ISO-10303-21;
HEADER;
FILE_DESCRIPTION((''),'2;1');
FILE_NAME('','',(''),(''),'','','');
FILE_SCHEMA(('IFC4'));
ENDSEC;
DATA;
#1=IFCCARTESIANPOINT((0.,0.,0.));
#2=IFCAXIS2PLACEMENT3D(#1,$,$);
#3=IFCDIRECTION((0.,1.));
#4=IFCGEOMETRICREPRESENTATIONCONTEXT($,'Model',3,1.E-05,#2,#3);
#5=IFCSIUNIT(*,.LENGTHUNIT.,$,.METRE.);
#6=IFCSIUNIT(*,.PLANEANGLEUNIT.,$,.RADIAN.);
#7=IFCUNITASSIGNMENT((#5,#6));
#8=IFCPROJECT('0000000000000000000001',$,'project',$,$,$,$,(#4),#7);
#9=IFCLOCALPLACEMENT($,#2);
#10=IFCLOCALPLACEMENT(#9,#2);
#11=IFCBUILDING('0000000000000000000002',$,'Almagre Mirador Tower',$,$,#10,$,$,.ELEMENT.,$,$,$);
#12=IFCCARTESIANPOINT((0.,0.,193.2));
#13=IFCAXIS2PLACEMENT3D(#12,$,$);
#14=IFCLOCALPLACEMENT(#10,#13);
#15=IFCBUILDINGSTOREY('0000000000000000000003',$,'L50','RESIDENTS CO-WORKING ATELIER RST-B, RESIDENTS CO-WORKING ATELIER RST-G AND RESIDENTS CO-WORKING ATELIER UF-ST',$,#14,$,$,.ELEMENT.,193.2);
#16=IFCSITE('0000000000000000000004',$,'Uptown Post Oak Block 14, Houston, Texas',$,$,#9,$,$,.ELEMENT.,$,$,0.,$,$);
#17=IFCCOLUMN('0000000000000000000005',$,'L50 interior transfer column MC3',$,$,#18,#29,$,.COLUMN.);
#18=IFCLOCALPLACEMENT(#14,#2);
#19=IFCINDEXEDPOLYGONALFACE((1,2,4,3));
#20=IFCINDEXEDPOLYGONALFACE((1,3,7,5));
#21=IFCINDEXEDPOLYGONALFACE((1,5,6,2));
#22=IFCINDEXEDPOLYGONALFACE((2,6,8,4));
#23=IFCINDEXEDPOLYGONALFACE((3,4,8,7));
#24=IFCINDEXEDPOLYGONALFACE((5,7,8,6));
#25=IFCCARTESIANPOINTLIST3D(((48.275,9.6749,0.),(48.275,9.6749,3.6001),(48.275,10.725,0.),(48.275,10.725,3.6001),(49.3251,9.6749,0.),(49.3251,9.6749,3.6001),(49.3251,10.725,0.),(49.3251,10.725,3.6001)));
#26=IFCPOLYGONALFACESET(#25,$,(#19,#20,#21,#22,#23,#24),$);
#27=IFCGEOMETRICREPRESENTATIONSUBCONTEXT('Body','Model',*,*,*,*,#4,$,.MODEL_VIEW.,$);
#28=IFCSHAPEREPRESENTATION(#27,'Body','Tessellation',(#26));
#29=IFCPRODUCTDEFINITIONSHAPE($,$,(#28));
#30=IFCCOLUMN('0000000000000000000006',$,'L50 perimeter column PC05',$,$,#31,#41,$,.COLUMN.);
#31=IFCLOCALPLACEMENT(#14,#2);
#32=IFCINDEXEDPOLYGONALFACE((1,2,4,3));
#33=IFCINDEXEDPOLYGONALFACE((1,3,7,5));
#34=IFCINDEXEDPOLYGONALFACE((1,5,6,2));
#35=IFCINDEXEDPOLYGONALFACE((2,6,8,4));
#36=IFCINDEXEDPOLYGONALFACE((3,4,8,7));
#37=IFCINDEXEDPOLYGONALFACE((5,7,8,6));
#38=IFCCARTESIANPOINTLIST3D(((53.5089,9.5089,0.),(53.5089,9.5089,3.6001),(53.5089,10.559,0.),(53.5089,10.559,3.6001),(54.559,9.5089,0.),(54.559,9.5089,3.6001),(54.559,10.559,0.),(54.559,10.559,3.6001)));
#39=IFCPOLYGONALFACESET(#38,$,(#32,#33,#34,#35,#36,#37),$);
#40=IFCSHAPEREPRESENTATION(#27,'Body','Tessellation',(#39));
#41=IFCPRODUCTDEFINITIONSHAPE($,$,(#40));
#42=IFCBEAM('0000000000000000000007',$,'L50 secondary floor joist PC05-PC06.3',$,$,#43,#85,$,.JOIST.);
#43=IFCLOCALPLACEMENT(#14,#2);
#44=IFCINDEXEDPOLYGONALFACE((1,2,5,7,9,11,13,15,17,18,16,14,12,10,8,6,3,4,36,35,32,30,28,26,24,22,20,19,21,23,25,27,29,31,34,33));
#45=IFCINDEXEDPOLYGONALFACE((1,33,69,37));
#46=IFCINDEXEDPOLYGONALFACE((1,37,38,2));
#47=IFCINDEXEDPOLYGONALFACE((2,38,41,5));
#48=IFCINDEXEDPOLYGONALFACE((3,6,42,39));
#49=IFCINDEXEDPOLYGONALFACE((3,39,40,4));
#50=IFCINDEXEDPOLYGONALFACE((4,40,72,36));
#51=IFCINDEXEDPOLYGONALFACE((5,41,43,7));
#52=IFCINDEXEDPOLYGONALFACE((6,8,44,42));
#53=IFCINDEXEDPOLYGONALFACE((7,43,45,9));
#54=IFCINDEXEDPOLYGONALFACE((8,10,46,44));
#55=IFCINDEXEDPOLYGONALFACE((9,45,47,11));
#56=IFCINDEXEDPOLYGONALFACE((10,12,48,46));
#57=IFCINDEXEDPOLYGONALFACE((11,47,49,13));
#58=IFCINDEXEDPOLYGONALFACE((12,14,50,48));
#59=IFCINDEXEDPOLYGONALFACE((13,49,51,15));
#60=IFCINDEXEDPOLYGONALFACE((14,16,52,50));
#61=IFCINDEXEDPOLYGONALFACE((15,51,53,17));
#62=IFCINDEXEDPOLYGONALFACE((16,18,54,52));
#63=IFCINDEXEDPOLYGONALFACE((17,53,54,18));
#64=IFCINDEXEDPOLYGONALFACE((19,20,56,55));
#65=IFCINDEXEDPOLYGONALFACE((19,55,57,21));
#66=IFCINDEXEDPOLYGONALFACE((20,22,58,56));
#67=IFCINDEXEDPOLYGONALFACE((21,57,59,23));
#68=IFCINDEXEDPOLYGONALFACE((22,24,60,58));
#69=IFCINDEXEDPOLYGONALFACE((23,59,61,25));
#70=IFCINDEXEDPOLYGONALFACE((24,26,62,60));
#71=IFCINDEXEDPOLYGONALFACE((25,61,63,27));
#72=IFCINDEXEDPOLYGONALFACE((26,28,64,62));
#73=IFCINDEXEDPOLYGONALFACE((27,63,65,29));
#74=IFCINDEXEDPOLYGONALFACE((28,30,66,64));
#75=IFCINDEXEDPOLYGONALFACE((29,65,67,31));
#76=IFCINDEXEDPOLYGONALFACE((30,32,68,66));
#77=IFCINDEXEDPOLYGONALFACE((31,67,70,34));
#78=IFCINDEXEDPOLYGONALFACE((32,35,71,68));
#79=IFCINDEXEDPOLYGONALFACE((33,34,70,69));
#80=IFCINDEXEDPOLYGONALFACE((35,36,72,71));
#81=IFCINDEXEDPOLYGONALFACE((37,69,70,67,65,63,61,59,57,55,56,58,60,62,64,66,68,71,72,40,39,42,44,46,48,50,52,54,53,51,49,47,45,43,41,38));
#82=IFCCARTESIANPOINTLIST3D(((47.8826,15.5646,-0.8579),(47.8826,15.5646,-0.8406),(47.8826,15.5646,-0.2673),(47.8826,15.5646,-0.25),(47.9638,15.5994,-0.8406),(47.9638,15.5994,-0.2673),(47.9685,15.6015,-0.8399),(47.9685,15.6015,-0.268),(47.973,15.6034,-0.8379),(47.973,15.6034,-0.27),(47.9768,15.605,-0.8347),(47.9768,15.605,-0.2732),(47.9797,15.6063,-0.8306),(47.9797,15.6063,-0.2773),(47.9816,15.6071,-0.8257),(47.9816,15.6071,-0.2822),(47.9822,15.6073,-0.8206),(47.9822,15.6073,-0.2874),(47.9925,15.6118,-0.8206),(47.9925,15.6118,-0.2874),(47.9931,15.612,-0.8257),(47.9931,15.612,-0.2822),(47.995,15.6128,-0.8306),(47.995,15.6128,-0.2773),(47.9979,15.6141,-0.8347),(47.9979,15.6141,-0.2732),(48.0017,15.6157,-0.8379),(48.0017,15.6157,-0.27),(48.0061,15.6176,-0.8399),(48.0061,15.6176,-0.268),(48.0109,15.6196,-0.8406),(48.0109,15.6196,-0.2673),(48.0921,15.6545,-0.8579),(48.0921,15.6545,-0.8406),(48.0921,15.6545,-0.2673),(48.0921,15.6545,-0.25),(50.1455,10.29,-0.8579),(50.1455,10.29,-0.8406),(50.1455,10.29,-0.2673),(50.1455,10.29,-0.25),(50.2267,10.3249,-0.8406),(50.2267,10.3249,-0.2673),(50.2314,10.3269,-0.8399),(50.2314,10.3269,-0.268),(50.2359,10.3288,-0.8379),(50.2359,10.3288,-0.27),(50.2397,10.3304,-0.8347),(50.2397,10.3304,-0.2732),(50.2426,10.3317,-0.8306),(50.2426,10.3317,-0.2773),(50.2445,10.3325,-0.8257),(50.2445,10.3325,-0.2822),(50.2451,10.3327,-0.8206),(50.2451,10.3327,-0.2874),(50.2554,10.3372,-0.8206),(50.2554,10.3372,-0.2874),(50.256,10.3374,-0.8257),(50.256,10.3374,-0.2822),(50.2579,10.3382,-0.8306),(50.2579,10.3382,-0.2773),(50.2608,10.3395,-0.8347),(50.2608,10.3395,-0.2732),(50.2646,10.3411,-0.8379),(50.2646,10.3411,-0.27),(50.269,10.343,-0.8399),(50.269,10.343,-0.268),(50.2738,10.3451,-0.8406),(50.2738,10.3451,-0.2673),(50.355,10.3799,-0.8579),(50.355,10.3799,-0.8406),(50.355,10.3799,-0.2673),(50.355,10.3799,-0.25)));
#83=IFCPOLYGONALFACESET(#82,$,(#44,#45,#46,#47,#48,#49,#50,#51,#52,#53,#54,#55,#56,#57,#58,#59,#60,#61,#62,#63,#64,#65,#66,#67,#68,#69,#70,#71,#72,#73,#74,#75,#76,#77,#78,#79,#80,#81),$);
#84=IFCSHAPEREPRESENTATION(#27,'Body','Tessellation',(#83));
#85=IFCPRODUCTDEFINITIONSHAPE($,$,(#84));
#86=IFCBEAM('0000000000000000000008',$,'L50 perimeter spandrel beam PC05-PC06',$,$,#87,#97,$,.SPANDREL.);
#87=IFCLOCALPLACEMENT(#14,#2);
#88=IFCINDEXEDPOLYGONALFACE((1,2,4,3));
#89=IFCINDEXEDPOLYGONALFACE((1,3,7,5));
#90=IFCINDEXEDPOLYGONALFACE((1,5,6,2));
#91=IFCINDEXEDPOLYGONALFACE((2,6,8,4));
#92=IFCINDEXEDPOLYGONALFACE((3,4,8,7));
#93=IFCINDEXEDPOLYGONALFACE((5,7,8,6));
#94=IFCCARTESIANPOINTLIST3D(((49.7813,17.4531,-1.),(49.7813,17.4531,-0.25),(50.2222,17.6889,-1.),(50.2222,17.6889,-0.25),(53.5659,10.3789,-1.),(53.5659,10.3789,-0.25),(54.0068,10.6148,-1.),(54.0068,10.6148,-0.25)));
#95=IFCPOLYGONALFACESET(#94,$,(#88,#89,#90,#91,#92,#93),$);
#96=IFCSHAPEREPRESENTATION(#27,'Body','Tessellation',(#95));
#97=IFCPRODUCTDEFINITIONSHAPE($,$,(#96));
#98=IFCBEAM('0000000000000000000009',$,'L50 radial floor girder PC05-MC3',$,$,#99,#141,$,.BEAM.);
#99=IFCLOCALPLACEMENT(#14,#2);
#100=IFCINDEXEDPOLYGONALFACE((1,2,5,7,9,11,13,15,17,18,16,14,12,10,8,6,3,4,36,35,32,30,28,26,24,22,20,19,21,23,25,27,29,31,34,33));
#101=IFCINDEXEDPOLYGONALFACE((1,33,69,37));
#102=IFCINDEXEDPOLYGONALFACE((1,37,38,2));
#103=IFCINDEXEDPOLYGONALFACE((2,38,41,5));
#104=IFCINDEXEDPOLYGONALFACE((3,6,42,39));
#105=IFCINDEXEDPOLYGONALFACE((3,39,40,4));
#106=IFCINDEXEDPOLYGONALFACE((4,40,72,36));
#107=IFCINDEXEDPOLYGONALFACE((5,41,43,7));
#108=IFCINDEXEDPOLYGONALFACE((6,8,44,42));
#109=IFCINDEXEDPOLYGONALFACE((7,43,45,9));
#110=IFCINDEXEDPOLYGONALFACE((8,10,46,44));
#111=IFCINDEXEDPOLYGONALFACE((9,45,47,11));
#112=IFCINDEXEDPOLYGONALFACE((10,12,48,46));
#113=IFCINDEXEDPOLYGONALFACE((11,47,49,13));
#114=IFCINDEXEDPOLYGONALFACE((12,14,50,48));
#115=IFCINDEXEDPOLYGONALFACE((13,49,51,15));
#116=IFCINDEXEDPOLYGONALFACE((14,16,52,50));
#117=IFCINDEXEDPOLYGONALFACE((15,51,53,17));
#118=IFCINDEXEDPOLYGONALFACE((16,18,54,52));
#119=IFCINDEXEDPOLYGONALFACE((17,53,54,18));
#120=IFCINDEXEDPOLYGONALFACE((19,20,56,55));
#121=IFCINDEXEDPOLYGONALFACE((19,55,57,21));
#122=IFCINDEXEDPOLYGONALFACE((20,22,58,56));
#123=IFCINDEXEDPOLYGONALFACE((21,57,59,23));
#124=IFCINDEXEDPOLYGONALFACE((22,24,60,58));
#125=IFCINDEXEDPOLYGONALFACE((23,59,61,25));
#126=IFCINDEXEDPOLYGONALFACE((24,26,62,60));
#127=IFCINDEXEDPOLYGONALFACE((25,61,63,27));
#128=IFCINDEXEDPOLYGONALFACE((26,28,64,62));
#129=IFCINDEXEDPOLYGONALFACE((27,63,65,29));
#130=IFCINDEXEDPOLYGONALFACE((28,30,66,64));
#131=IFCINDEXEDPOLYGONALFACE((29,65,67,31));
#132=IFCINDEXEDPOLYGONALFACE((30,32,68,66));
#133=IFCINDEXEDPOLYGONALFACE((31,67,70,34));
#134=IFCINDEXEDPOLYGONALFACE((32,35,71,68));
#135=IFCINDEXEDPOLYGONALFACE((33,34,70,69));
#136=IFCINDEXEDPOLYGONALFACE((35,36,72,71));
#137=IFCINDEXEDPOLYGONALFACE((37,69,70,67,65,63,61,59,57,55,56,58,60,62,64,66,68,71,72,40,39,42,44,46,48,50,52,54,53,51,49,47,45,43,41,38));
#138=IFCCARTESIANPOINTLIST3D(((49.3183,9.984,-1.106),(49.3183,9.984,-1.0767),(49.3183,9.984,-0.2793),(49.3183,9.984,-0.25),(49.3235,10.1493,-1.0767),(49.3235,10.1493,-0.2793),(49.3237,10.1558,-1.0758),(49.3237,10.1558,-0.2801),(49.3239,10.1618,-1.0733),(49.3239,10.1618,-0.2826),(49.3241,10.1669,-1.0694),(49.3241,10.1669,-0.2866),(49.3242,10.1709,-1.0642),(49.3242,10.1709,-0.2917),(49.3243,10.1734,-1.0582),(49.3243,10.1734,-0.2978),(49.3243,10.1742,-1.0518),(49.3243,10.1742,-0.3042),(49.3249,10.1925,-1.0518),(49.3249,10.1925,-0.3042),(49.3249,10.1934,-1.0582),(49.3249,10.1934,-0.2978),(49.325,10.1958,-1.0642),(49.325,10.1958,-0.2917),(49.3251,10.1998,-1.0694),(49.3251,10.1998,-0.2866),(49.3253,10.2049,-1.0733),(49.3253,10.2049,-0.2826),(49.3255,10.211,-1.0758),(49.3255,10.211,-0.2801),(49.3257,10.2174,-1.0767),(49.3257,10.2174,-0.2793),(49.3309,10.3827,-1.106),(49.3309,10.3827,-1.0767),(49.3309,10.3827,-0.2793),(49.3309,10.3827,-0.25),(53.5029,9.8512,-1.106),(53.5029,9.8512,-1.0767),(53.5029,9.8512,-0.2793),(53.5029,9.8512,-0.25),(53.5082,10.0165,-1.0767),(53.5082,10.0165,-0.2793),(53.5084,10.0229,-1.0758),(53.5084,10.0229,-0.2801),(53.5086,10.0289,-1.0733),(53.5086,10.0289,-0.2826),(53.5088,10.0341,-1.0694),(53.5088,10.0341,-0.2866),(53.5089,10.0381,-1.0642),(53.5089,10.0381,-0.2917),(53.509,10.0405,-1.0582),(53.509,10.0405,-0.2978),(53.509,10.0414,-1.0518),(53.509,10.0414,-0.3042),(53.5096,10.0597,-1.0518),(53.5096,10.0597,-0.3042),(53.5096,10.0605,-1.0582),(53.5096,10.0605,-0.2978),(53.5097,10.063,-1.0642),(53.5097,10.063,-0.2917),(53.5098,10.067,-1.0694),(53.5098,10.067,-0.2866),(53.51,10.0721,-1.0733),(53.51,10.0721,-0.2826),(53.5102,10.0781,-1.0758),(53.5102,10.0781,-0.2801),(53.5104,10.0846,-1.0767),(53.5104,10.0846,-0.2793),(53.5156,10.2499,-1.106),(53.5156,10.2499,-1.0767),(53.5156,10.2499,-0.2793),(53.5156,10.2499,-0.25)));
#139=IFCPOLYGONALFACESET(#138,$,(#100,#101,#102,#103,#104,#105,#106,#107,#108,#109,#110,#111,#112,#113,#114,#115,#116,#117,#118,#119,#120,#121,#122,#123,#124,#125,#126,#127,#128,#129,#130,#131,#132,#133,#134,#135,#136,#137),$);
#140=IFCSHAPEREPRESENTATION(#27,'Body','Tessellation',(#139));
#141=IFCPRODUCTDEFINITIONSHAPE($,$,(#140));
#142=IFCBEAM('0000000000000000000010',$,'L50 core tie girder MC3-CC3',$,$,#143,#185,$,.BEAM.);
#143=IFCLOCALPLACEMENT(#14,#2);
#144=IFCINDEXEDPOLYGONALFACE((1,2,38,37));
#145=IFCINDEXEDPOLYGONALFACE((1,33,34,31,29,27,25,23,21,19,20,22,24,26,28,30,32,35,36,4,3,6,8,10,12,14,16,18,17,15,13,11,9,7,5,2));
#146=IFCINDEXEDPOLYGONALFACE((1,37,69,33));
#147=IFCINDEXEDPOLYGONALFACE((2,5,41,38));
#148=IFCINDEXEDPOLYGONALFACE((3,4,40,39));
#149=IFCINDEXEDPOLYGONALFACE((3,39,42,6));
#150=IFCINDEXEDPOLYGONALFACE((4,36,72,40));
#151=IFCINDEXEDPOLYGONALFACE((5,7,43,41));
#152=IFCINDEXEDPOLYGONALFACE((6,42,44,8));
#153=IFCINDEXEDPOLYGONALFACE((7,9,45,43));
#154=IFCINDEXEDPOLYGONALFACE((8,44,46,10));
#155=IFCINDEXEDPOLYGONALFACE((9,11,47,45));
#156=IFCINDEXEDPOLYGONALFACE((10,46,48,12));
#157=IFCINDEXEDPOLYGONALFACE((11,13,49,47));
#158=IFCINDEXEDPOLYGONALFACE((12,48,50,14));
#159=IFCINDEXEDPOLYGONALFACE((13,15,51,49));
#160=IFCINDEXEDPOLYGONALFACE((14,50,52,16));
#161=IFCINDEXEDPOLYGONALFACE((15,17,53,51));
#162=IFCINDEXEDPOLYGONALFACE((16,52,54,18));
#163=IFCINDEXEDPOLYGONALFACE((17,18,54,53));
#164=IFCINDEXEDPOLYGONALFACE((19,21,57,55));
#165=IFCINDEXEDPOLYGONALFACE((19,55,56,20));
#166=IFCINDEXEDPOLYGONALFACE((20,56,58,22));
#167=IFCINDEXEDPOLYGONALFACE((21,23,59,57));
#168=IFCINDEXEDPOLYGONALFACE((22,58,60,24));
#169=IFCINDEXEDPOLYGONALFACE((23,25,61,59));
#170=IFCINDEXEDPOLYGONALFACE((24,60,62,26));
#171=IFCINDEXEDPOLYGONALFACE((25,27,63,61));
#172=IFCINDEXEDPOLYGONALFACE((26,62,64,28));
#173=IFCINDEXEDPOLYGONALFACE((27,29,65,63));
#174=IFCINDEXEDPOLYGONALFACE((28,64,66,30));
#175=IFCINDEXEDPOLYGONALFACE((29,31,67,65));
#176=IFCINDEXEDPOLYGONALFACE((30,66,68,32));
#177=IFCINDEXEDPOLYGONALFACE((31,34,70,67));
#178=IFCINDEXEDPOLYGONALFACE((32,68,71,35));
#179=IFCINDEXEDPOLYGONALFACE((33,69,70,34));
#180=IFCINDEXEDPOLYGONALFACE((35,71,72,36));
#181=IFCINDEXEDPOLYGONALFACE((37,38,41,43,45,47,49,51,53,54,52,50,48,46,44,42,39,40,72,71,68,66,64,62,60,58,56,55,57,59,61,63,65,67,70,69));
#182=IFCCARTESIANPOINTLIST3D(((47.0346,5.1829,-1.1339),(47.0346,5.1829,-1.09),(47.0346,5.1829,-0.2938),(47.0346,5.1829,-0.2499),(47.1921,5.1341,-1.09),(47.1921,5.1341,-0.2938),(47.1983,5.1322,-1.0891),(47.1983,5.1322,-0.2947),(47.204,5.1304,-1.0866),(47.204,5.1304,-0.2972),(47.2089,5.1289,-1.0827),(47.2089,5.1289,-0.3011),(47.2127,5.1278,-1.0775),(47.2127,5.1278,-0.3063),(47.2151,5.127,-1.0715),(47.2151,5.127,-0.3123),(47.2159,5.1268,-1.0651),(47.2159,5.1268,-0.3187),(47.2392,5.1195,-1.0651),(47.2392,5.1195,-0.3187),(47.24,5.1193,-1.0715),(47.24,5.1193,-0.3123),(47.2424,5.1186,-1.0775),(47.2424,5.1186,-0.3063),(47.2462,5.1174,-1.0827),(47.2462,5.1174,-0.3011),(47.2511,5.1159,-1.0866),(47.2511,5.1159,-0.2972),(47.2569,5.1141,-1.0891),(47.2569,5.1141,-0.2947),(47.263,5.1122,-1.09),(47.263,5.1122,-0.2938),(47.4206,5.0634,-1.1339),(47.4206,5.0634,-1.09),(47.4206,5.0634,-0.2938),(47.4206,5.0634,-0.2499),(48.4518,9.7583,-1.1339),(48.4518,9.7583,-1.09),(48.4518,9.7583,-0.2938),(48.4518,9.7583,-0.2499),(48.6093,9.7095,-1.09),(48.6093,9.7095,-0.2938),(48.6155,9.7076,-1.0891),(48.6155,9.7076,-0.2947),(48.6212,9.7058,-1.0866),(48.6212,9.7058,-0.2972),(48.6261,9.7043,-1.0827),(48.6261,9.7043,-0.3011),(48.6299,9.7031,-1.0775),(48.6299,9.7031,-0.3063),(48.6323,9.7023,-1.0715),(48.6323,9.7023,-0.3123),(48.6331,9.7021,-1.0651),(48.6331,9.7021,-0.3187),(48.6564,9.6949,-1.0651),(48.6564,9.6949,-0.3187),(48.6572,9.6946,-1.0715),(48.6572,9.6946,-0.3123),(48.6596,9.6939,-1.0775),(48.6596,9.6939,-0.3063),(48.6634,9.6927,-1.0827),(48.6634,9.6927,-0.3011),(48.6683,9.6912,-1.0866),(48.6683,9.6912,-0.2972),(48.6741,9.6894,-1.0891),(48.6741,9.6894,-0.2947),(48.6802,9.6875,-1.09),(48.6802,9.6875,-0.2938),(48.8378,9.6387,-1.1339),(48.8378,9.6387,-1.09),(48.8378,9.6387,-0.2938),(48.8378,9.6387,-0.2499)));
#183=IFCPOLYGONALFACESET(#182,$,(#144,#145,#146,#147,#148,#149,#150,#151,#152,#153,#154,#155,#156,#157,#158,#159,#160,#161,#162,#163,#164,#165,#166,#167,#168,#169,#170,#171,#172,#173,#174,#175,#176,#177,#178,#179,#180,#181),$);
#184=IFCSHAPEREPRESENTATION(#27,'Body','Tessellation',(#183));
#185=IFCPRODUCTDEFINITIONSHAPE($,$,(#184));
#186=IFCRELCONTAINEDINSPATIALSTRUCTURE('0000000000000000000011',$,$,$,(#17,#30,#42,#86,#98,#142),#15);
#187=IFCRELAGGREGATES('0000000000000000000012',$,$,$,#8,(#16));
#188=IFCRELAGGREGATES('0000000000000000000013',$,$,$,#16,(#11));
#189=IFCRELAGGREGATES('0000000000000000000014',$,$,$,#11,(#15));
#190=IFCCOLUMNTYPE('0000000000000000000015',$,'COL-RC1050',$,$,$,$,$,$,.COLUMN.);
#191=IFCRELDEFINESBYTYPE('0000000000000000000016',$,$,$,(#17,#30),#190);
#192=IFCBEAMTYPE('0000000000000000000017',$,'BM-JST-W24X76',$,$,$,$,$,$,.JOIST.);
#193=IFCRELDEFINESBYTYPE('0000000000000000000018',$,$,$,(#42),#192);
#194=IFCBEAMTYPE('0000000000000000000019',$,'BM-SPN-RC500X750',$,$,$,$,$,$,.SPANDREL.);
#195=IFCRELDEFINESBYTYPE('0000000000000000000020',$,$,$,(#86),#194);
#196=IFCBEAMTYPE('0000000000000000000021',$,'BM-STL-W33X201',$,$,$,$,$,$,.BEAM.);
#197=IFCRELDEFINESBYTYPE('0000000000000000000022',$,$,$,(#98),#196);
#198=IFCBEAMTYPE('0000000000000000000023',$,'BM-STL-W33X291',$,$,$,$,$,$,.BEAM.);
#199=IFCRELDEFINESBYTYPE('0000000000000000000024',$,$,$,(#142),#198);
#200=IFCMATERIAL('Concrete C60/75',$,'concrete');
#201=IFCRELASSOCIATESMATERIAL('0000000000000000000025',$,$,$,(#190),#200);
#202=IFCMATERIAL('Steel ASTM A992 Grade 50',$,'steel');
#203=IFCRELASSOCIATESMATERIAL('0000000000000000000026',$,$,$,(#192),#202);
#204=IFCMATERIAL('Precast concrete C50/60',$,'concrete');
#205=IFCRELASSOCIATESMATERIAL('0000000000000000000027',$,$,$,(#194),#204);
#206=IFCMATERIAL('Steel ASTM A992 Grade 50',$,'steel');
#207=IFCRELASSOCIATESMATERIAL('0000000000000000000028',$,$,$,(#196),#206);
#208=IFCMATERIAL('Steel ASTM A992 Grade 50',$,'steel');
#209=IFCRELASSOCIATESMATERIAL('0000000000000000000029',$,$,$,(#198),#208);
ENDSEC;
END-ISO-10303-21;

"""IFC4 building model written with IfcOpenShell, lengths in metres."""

from ifc_helpers import new_model, si_unit, direction, frame, origin, origin_2d, place, context, subcontext, project, spatial, rectangle, i_section, extrude, material, material_profile, profile_set, type_object, element, save


model = new_model("IFC4")

# Units and contexts
model_context = context("Model", 3, precision=1e-05, world=origin(), true_north=direction((0.0, 1.0)))
body_context = subcontext(model_context, "Body", "Model", "MODEL_VIEW")
ifc_project = project(units=[si_unit("LENGTHUNIT", "METRE"), si_unit("PLANEANGLEUNIT", "RADIAN")], contexts=[model_context])

# Site, building, storey
site_placement = place(None, origin())
site = spatial("IfcSite", under=ifc_project, at=site_placement, Name="Uptown Post Oak Block 14, Houston, Texas", CompositionType="ELEMENT", RefElevation=0.0)
building_placement = place(site_placement, origin())
building = spatial("IfcBuilding", under=site, at=building_placement, Name="Almagre Mirador Tower", CompositionType="ELEMENT")
storey_placement = place(building_placement, frame((0.0, 0.0, 193.2)))
storey = spatial("IfcBuildingStorey", under=building, at=storey_placement, Name="L50", Description="RESIDENTS CO-WORKING ATELIER RST-B, RESIDENTS CO-WORKING ATELIER RST-G AND RESIDENTS CO-WORKING ATELIER UF-ST", CompositionType="ELEMENT", Elevation=193.2)

# Columns
ifc_material_1 = material(Name="Concrete C60/75", Category="concrete")
ifc_material_profile_1 = material_profile(ifc_material_1, rectangle(XDim=1.05, YDim=1.05, at=origin_2d()), Name="RC1050X1050")
ifc_profile_set_1 = profile_set([ifc_material_profile_1], Name="Concrete C60/75")
column_type = type_object("IfcColumnType", Name="COL-RC1050", PredefinedType="COLUMN", material=ifc_profile_set_1)
for number, where, z_axis, x_axis, name in (
    (1, (48.8, 10.2, 0.0), (0.0, 0.0, 1.0), (1.0, 0.0, 0.0), "L50 interior transfer column MC3"),
    (2, (54.0339, 10.0339, 0.0), (0.0, 0.0, 1.0), (1.0, 0.0, 0.0), "L50 perimeter column PC05"),
):
    element("IfcColumn", number, at=place(storey_placement, frame(where, z_axis=z_axis, x_axis=x_axis)), inside=storey, type_object=column_type, Name=name, PredefinedType="COLUMN", context=body_context, shape_type="SweptSolid", body=[
        extrude(rectangle(XDim=1.05, YDim=1.05, at=origin_2d()), origin(), (0.0, 0.0, 1.0), 3.6001),
    ])

# Beams
ifc_material_2 = material(Name="Steel ASTM A992 Grade 50", Category="steel")
ifc_material_profile_2 = material_profile(ifc_material_2, i_section(OverallWidth=0.228, OverallDepth=0.6079, WebThickness=0.0112, FlangeThickness=0.0173, FilletRadius=0.02, at=origin_2d()), Name="W24X76")
ifc_profile_set_2 = profile_set([ifc_material_profile_2], Name="Steel ASTM A992 Grade 50")
beam_type_1 = type_object("IfcBeamType", Name="BM-JST-W24X76", PredefinedType="JOIST", material=ifc_profile_set_2)
beam_1_placement = place(storey_placement, frame((50.2502, 10.335, -0.554), z_axis=(-0.394268, 0.918995, 0.0), x_axis=(-0.918995, -0.394268, 0.0)))
element("IfcBeam", 3, at=beam_1_placement, inside=storey, type_object=beam_type_1, Name="L50 secondary floor joist PC05-PC06.3", PredefinedType="JOIST", context=body_context, shape_type="SweptSolid", body=[
    extrude(i_section(OverallWidth=0.228, OverallDepth=0.6079, WebThickness=0.0112, FlangeThickness=0.0173, FilletRadius=0.02, at=origin_2d()), origin(), (0.0, 0.0, 1.0), 5.7395),
])
ifc_material_3 = material(Name="Precast concrete C50/60", Category="concrete")
ifc_material_profile_3 = material_profile(ifc_material_3, rectangle(XDim=0.5, YDim=0.75, at=origin_2d()), Name="RC500X750")
ifc_profile_set_3 = profile_set([ifc_material_profile_3], Name="Precast concrete C50/60")
beam_type_2 = type_object("IfcBeamType", Name="BM-SPN-RC500X750", PredefinedType="SPANDREL", material=ifc_profile_set_3)
beam_2_placement = place(storey_placement, frame((53.7864, 10.4968, -0.625), z_axis=(-0.471728, 0.881744, 0.0), x_axis=(-0.881744, -0.471728, 0.0)))
element("IfcBeam", 4, at=beam_2_placement, inside=storey, type_object=beam_type_2, Name="L50 perimeter spandrel beam PC05-PC06", PredefinedType="SPANDREL", context=body_context, shape_type="SweptSolid", body=[
    extrude(rectangle(XDim=0.5, YDim=0.75, at=origin_2d()), origin(), (0.0, 0.0, 1.0), 8.0229),
])
ifc_material_4 = material(Name="Steel ASTM A992 Grade 50", Category="steel")
ifc_material_profile_4 = material_profile(ifc_material_4, i_section(OverallWidth=0.3989, OverallDepth=0.856, WebThickness=0.0183, FlangeThickness=0.0293, FilletRadius=0.0249, at=origin_2d()), Name="W33X201")
ifc_profile_set_4 = profile_set([ifc_material_profile_4], Name="Steel ASTM A992 Grade 50")
beam_type_3 = type_object("IfcBeamType", Name="BM-STL-W33X201", PredefinedType="BEAM", material=ifc_profile_set_4)
beam_3_placement = place(storey_placement, frame((53.5093, 10.0505, -0.678), z_axis=(-0.999497, 0.031723, 0.0), x_axis=(-0.031723, -0.999497, 0.0)))
element("IfcBeam", 5, at=beam_3_placement, inside=storey, type_object=beam_type_3, Name="L50 radial floor girder PC05-MC3", PredefinedType="BEAM", context=body_context, shape_type="SweptSolid", body=[
    extrude(i_section(OverallWidth=0.3989, OverallDepth=0.856, WebThickness=0.0183, FlangeThickness=0.0293, FilletRadius=0.0249, at=origin_2d()), origin(), (0.0, 0.0, 1.0), 4.1868),
])
ifc_material_5 = material(Name="Steel ASTM A992 Grade 50", Category="steel")
ifc_material_profile_5 = material_profile(ifc_material_5, i_section(OverallWidth=0.4041, OverallDepth=0.884, WebThickness=0.0244, FlangeThickness=0.0439, FilletRadius=0.0249, at=origin_2d()), Name="W33X291")
ifc_profile_set_5 = profile_set([ifc_material_profile_5], Name="Steel ASTM A992 Grade 50")
beam_type_4 = type_object("IfcBeamType", Name="BM-STL-W33X291", PredefinedType="BEAM", material=ifc_profile_set_5)
beam_4_placement = place(storey_placement, frame((48.6448, 9.6985, -0.6919), z_axis=(-0.29588, -0.955225, 0.0), x_axis=(0.955225, -0.29588, 0.0)))
element("IfcBeam", 6, at=beam_4_placement, inside=storey, type_object=beam_type_4, Name="L50 core tie girder MC3-CC3", PredefinedType="BEAM", context=body_context, shape_type="SweptSolid", body=[
    extrude(i_section(OverallWidth=0.4041, OverallDepth=0.884, WebThickness=0.0244, FlangeThickness=0.0439, FilletRadius=0.0249, at=origin_2d()), origin(), (0.0, 0.0, 1.0), 4.7898),
])

save(model, "model.ifc")
